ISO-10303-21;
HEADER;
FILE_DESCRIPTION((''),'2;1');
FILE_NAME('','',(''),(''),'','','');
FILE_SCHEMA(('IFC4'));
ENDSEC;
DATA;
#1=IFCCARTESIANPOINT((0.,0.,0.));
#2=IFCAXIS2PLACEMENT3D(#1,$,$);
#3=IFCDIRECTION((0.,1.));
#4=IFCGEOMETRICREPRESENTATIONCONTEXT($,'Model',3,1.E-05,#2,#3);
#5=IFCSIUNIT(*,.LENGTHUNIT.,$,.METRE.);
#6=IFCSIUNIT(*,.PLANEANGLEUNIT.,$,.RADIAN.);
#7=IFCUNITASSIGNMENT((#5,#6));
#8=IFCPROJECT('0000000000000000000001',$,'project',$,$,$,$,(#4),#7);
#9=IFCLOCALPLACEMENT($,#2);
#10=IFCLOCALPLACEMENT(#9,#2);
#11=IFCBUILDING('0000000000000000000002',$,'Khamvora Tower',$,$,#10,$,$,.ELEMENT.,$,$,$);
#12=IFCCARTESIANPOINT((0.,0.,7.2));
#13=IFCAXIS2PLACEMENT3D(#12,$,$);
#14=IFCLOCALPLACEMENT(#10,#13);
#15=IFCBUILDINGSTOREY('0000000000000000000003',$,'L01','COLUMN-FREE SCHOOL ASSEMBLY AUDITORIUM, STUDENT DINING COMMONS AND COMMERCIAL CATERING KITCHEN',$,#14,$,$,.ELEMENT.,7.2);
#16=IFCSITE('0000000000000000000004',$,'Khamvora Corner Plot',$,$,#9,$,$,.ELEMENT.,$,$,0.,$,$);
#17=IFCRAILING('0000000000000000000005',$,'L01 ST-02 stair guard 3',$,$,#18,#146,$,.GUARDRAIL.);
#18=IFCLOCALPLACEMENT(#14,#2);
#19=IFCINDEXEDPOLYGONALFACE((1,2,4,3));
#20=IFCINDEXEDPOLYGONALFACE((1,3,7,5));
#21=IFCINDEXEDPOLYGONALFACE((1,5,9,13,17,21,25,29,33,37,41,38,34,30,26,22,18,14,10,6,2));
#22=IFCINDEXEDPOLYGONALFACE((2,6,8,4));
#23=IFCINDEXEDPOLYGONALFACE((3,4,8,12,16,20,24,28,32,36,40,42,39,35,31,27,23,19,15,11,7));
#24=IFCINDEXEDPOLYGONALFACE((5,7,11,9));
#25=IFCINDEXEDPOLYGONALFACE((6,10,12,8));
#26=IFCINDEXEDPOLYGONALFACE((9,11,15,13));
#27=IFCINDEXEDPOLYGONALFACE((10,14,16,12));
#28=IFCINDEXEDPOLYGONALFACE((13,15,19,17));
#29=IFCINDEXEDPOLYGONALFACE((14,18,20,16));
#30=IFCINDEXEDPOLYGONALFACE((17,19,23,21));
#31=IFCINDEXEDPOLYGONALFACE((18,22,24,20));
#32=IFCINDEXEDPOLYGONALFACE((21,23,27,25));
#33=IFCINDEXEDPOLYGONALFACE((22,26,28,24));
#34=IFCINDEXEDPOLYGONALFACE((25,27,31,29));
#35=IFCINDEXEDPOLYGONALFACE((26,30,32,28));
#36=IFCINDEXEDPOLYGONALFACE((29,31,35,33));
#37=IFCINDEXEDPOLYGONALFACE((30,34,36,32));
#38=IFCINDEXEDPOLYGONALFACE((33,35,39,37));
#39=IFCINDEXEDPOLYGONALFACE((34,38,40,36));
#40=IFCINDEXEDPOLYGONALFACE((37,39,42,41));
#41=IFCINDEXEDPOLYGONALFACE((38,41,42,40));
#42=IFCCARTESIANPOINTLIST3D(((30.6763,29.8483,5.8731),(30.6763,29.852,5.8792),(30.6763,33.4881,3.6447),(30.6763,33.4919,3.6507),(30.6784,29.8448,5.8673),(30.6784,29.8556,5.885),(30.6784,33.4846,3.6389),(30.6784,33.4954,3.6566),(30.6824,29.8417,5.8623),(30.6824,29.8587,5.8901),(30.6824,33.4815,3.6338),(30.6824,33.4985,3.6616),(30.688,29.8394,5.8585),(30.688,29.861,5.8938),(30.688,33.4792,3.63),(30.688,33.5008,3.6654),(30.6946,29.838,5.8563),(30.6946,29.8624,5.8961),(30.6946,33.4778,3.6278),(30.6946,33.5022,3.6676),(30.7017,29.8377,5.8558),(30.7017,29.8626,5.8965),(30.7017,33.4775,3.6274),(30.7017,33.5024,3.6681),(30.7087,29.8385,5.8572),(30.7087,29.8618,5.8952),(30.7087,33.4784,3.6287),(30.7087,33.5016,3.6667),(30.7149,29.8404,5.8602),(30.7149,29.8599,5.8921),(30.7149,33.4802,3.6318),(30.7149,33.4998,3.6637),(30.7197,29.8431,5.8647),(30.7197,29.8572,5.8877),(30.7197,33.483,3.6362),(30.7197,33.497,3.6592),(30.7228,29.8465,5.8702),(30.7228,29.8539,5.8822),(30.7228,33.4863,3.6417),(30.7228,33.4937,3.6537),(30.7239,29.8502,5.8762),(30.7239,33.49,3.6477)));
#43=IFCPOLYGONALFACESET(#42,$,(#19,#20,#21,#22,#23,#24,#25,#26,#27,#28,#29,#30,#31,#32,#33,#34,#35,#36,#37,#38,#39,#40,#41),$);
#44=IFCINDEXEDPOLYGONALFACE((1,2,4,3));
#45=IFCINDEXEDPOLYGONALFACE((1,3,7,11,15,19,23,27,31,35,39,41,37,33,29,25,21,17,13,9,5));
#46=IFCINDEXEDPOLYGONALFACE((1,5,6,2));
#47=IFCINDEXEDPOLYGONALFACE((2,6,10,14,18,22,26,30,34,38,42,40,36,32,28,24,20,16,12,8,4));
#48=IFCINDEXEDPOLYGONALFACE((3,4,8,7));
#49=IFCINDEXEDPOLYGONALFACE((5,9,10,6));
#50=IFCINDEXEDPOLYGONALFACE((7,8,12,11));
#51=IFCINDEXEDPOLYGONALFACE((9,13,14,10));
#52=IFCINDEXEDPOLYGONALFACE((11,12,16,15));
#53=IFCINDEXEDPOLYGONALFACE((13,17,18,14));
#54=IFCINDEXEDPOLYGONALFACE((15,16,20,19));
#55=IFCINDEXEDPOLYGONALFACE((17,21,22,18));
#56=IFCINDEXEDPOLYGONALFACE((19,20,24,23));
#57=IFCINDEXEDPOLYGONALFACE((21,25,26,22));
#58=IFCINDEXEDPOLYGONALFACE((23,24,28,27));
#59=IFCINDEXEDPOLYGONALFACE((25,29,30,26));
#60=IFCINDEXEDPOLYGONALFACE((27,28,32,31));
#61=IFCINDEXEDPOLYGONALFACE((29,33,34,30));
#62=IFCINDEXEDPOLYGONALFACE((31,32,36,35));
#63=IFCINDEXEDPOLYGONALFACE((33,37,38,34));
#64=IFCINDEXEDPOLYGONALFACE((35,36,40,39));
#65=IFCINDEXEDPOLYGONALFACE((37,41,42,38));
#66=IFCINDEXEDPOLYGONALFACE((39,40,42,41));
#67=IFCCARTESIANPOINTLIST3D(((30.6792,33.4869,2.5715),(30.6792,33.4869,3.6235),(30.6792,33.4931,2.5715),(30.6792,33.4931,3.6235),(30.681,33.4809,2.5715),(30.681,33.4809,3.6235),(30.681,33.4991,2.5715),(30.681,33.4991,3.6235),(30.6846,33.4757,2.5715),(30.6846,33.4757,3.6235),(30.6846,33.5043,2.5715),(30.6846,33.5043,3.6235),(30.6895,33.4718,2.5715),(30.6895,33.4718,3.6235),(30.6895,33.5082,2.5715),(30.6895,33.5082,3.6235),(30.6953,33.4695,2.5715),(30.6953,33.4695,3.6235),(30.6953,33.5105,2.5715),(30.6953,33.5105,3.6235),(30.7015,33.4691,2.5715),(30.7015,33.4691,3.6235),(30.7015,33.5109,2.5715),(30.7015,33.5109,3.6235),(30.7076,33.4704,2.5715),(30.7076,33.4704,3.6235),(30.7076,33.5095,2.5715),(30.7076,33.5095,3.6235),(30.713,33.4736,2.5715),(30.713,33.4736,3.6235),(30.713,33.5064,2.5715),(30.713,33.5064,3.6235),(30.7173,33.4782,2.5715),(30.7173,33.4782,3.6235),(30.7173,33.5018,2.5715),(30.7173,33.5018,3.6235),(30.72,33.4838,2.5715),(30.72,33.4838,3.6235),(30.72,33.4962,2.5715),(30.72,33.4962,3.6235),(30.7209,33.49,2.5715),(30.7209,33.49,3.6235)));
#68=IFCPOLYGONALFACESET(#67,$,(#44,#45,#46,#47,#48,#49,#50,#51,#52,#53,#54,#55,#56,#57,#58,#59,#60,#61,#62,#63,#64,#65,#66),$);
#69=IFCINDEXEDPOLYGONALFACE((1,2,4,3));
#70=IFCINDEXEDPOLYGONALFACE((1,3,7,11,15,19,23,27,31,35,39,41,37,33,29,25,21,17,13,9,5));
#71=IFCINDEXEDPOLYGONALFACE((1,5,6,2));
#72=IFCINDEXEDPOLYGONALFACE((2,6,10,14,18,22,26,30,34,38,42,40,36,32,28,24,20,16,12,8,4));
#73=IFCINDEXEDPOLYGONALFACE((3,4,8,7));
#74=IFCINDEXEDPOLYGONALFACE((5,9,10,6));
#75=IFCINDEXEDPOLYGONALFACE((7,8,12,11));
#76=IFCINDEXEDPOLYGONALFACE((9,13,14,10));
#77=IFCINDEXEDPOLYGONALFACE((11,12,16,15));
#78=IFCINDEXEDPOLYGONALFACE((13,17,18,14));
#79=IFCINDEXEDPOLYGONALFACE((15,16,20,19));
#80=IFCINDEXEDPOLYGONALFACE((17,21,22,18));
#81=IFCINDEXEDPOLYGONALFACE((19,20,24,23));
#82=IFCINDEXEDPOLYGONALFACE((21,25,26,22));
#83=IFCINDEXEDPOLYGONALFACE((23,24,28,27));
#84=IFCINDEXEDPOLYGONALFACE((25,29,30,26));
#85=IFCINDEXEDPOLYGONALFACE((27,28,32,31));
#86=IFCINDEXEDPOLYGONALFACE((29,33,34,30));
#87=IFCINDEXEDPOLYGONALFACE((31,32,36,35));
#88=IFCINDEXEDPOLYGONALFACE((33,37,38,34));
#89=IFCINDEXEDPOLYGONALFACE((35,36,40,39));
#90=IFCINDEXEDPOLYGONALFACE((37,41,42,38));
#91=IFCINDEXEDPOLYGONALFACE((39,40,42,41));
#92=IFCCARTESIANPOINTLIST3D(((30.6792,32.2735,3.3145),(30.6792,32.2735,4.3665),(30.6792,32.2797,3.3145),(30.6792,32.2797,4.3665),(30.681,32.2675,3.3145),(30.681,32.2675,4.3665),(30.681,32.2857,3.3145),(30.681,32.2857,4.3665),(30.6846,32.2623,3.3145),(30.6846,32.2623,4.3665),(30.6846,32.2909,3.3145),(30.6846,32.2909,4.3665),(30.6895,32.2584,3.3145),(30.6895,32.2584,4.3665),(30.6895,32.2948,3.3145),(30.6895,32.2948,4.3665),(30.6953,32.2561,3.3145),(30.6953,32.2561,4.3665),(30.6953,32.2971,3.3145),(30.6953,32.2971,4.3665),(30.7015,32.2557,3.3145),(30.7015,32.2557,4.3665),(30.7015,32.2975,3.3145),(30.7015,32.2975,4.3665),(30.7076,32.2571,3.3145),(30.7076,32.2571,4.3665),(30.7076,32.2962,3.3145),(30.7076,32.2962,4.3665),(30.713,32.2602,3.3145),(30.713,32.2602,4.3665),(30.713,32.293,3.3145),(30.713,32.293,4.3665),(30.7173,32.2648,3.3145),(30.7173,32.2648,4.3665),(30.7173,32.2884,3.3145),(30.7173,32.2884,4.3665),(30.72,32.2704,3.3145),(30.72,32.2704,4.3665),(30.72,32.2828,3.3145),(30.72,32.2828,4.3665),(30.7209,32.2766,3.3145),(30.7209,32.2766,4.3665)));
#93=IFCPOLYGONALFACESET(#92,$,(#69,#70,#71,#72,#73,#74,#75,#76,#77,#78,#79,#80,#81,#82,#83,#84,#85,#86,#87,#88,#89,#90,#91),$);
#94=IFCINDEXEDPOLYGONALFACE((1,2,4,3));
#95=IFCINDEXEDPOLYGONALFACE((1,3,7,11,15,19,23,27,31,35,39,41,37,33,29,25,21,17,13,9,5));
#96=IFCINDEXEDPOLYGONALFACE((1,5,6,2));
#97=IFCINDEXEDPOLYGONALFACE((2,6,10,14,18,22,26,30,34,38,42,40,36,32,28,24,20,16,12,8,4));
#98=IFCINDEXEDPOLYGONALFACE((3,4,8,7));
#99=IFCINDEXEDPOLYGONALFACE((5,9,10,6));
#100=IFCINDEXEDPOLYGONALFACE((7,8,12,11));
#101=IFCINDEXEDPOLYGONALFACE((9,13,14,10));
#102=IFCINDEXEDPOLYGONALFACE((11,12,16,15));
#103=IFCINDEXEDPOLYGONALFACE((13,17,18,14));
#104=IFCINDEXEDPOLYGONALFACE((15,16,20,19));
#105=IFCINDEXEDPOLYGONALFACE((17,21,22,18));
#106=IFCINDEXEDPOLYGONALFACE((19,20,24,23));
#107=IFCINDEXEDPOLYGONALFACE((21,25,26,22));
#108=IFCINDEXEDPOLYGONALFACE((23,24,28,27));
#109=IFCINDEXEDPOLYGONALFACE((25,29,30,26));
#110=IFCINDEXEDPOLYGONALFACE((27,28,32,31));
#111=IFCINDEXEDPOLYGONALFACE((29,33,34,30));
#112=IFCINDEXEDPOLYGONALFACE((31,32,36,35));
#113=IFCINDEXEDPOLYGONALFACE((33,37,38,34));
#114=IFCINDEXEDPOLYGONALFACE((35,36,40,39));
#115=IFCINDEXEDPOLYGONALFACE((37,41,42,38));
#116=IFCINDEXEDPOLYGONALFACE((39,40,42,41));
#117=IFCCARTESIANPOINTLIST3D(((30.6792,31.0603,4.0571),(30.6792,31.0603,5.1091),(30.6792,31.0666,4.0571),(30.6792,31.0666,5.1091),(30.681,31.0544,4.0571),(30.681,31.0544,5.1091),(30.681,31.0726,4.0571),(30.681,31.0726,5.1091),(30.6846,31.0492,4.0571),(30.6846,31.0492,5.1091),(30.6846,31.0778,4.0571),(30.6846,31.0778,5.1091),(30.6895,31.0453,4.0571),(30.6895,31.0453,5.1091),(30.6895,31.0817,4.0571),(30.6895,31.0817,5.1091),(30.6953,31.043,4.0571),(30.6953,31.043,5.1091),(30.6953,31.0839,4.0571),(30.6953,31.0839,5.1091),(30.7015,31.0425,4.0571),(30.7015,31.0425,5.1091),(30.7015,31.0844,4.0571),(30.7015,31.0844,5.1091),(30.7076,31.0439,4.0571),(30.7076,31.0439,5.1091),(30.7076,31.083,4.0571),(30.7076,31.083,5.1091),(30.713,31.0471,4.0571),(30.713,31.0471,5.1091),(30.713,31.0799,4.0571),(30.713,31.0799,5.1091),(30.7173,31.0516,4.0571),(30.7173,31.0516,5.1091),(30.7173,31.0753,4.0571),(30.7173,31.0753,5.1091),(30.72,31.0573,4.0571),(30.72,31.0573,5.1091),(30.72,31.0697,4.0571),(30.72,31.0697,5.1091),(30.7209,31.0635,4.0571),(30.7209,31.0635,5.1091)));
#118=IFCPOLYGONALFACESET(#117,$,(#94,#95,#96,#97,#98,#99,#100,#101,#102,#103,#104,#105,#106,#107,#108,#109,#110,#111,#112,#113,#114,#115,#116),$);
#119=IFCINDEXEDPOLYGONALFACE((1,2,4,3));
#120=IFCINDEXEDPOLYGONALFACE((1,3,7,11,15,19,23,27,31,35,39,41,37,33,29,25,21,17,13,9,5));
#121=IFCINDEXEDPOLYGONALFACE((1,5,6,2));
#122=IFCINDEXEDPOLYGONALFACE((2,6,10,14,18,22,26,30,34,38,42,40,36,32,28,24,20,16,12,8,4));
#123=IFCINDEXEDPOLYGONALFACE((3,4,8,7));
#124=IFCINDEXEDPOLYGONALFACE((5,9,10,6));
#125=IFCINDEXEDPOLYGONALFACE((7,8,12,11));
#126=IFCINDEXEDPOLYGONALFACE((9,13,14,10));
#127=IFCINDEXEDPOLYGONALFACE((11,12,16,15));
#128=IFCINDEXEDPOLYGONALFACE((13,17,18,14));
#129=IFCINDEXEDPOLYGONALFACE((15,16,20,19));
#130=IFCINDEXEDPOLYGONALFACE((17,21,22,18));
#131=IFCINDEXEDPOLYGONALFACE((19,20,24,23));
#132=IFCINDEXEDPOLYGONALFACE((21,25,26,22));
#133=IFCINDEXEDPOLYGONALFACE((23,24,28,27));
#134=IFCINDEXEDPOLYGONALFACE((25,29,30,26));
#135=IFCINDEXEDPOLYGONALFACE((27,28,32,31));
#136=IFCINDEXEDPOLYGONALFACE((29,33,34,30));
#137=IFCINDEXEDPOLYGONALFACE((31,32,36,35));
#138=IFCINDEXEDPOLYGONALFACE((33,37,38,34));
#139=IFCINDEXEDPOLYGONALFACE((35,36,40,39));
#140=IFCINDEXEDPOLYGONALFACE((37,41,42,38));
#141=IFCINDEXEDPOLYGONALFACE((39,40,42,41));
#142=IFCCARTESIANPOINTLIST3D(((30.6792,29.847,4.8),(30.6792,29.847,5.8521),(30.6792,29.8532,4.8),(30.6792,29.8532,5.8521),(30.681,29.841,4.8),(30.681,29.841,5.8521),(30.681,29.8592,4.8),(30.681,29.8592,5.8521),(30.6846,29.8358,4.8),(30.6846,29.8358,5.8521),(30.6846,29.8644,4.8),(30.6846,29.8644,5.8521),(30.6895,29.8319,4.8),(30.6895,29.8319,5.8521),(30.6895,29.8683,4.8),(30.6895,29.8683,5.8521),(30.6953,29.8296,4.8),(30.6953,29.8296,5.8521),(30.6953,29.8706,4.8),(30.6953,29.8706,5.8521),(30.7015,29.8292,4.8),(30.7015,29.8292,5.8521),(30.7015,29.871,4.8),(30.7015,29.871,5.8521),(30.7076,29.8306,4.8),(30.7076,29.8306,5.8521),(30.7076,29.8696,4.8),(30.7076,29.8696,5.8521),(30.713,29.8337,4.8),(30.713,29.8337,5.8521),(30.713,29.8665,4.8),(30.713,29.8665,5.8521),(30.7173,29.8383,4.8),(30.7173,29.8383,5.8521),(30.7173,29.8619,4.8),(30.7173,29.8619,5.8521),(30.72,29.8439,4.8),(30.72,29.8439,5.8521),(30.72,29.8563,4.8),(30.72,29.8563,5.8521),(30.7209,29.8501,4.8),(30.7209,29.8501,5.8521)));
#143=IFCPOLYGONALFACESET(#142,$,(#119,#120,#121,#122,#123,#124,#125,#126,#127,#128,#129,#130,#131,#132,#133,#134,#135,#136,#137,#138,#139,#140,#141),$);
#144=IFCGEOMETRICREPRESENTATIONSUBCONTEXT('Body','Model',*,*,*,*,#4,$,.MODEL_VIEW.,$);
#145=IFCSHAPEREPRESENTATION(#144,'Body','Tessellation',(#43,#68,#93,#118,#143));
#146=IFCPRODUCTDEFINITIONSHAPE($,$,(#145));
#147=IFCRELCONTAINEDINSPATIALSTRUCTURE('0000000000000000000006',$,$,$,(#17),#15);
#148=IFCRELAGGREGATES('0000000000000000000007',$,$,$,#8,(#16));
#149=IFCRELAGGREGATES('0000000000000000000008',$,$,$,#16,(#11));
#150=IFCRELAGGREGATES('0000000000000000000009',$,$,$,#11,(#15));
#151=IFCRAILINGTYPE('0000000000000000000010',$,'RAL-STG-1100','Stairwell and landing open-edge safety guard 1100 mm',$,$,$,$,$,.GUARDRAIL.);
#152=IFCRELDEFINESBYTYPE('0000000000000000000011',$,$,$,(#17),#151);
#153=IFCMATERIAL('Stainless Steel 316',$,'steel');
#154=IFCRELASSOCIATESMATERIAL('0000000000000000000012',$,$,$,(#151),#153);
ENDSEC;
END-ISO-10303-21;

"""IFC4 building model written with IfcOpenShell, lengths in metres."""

from ifc_helpers import new_model, si_unit, direction, frame, origin, origin_2d, place, context, subcontext, project, spatial, circle, extrude, material, type_object, element, save


model = new_model("IFC4")

# Units and contexts
model_context = context("Model", 3, precision=1e-05, world=origin(), true_north=direction((0.0, 1.0)))
body_context = subcontext(model_context, "Body", "Model", "MODEL_VIEW")
ifc_project = project(units=[si_unit("LENGTHUNIT", "METRE"), si_unit("PLANEANGLEUNIT", "RADIAN")], contexts=[model_context])

# Site, building, storey
site_placement = place(None, origin())
site = spatial("IfcSite", under=ifc_project, at=site_placement, Name="Khamvora Corner Plot", CompositionType="ELEMENT", RefElevation=0.0)
building_placement = place(site_placement, origin())
building = spatial("IfcBuilding", under=site, at=building_placement, Name="Khamvora Tower", CompositionType="ELEMENT")
storey_placement = place(building_placement, frame((0.0, 0.0, 7.2)))
storey = spatial("IfcBuildingStorey", under=building, at=storey_placement, Name="L01", Description="COLUMN-FREE SCHOOL ASSEMBLY AUDITORIUM, STUDENT DINING COMMONS AND COMMERCIAL CATERING KITCHEN", CompositionType="ELEMENT", Elevation=7.2)

# Railing
ifc_material_1 = material(Name="Stainless Steel 316", Category="steel")
railing_type_1 = type_object("IfcRailingType", Name="RAL-STG-1100", Description="Stairwell and landing open-edge safety guard 1100 mm", PredefinedType="GUARDRAIL", material=ifc_material_1)
railing_1_placement = place(storey_placement, frame((30.7, 33.49, 2.5715)))
element("IfcRailing", 1, at=railing_1_placement, inside=storey, type_object=railing_type_1, Name="L01 ST-02 stair guard 3", PredefinedType="GUARDRAIL", context=body_context, shape_type="SweptSolid", body=[
    extrude(circle(Radius=0.0239, at=origin_2d()), frame((0.0, 0.0, 1.0762), z_axis=(0.0, -0.85285, 0.522156), x_axis=(1.0, 0.0, 0.0)), (0.0, 0.0, 1.0), 4.2678),
    extrude(circle(Radius=0.021, at=origin_2d()), origin(), (0.0, 0.0, 1.0), 1.052),
    extrude(circle(Radius=0.021, at=origin_2d()), frame((0.0, -1.2134, 0.7429)), (0.0, 0.0, 1.0), 1.052),
    extrude(circle(Radius=0.021, at=origin_2d()), frame((0.0, -2.4265, 1.4856)), (0.0, 0.0, 1.0), 1.052),
    extrude(circle(Radius=0.021, at=origin_2d()), frame((0.0, -3.6399, 2.2285)), (0.0, 0.0, 1.0), 1.052),
])

save(model, "model.ifc")
